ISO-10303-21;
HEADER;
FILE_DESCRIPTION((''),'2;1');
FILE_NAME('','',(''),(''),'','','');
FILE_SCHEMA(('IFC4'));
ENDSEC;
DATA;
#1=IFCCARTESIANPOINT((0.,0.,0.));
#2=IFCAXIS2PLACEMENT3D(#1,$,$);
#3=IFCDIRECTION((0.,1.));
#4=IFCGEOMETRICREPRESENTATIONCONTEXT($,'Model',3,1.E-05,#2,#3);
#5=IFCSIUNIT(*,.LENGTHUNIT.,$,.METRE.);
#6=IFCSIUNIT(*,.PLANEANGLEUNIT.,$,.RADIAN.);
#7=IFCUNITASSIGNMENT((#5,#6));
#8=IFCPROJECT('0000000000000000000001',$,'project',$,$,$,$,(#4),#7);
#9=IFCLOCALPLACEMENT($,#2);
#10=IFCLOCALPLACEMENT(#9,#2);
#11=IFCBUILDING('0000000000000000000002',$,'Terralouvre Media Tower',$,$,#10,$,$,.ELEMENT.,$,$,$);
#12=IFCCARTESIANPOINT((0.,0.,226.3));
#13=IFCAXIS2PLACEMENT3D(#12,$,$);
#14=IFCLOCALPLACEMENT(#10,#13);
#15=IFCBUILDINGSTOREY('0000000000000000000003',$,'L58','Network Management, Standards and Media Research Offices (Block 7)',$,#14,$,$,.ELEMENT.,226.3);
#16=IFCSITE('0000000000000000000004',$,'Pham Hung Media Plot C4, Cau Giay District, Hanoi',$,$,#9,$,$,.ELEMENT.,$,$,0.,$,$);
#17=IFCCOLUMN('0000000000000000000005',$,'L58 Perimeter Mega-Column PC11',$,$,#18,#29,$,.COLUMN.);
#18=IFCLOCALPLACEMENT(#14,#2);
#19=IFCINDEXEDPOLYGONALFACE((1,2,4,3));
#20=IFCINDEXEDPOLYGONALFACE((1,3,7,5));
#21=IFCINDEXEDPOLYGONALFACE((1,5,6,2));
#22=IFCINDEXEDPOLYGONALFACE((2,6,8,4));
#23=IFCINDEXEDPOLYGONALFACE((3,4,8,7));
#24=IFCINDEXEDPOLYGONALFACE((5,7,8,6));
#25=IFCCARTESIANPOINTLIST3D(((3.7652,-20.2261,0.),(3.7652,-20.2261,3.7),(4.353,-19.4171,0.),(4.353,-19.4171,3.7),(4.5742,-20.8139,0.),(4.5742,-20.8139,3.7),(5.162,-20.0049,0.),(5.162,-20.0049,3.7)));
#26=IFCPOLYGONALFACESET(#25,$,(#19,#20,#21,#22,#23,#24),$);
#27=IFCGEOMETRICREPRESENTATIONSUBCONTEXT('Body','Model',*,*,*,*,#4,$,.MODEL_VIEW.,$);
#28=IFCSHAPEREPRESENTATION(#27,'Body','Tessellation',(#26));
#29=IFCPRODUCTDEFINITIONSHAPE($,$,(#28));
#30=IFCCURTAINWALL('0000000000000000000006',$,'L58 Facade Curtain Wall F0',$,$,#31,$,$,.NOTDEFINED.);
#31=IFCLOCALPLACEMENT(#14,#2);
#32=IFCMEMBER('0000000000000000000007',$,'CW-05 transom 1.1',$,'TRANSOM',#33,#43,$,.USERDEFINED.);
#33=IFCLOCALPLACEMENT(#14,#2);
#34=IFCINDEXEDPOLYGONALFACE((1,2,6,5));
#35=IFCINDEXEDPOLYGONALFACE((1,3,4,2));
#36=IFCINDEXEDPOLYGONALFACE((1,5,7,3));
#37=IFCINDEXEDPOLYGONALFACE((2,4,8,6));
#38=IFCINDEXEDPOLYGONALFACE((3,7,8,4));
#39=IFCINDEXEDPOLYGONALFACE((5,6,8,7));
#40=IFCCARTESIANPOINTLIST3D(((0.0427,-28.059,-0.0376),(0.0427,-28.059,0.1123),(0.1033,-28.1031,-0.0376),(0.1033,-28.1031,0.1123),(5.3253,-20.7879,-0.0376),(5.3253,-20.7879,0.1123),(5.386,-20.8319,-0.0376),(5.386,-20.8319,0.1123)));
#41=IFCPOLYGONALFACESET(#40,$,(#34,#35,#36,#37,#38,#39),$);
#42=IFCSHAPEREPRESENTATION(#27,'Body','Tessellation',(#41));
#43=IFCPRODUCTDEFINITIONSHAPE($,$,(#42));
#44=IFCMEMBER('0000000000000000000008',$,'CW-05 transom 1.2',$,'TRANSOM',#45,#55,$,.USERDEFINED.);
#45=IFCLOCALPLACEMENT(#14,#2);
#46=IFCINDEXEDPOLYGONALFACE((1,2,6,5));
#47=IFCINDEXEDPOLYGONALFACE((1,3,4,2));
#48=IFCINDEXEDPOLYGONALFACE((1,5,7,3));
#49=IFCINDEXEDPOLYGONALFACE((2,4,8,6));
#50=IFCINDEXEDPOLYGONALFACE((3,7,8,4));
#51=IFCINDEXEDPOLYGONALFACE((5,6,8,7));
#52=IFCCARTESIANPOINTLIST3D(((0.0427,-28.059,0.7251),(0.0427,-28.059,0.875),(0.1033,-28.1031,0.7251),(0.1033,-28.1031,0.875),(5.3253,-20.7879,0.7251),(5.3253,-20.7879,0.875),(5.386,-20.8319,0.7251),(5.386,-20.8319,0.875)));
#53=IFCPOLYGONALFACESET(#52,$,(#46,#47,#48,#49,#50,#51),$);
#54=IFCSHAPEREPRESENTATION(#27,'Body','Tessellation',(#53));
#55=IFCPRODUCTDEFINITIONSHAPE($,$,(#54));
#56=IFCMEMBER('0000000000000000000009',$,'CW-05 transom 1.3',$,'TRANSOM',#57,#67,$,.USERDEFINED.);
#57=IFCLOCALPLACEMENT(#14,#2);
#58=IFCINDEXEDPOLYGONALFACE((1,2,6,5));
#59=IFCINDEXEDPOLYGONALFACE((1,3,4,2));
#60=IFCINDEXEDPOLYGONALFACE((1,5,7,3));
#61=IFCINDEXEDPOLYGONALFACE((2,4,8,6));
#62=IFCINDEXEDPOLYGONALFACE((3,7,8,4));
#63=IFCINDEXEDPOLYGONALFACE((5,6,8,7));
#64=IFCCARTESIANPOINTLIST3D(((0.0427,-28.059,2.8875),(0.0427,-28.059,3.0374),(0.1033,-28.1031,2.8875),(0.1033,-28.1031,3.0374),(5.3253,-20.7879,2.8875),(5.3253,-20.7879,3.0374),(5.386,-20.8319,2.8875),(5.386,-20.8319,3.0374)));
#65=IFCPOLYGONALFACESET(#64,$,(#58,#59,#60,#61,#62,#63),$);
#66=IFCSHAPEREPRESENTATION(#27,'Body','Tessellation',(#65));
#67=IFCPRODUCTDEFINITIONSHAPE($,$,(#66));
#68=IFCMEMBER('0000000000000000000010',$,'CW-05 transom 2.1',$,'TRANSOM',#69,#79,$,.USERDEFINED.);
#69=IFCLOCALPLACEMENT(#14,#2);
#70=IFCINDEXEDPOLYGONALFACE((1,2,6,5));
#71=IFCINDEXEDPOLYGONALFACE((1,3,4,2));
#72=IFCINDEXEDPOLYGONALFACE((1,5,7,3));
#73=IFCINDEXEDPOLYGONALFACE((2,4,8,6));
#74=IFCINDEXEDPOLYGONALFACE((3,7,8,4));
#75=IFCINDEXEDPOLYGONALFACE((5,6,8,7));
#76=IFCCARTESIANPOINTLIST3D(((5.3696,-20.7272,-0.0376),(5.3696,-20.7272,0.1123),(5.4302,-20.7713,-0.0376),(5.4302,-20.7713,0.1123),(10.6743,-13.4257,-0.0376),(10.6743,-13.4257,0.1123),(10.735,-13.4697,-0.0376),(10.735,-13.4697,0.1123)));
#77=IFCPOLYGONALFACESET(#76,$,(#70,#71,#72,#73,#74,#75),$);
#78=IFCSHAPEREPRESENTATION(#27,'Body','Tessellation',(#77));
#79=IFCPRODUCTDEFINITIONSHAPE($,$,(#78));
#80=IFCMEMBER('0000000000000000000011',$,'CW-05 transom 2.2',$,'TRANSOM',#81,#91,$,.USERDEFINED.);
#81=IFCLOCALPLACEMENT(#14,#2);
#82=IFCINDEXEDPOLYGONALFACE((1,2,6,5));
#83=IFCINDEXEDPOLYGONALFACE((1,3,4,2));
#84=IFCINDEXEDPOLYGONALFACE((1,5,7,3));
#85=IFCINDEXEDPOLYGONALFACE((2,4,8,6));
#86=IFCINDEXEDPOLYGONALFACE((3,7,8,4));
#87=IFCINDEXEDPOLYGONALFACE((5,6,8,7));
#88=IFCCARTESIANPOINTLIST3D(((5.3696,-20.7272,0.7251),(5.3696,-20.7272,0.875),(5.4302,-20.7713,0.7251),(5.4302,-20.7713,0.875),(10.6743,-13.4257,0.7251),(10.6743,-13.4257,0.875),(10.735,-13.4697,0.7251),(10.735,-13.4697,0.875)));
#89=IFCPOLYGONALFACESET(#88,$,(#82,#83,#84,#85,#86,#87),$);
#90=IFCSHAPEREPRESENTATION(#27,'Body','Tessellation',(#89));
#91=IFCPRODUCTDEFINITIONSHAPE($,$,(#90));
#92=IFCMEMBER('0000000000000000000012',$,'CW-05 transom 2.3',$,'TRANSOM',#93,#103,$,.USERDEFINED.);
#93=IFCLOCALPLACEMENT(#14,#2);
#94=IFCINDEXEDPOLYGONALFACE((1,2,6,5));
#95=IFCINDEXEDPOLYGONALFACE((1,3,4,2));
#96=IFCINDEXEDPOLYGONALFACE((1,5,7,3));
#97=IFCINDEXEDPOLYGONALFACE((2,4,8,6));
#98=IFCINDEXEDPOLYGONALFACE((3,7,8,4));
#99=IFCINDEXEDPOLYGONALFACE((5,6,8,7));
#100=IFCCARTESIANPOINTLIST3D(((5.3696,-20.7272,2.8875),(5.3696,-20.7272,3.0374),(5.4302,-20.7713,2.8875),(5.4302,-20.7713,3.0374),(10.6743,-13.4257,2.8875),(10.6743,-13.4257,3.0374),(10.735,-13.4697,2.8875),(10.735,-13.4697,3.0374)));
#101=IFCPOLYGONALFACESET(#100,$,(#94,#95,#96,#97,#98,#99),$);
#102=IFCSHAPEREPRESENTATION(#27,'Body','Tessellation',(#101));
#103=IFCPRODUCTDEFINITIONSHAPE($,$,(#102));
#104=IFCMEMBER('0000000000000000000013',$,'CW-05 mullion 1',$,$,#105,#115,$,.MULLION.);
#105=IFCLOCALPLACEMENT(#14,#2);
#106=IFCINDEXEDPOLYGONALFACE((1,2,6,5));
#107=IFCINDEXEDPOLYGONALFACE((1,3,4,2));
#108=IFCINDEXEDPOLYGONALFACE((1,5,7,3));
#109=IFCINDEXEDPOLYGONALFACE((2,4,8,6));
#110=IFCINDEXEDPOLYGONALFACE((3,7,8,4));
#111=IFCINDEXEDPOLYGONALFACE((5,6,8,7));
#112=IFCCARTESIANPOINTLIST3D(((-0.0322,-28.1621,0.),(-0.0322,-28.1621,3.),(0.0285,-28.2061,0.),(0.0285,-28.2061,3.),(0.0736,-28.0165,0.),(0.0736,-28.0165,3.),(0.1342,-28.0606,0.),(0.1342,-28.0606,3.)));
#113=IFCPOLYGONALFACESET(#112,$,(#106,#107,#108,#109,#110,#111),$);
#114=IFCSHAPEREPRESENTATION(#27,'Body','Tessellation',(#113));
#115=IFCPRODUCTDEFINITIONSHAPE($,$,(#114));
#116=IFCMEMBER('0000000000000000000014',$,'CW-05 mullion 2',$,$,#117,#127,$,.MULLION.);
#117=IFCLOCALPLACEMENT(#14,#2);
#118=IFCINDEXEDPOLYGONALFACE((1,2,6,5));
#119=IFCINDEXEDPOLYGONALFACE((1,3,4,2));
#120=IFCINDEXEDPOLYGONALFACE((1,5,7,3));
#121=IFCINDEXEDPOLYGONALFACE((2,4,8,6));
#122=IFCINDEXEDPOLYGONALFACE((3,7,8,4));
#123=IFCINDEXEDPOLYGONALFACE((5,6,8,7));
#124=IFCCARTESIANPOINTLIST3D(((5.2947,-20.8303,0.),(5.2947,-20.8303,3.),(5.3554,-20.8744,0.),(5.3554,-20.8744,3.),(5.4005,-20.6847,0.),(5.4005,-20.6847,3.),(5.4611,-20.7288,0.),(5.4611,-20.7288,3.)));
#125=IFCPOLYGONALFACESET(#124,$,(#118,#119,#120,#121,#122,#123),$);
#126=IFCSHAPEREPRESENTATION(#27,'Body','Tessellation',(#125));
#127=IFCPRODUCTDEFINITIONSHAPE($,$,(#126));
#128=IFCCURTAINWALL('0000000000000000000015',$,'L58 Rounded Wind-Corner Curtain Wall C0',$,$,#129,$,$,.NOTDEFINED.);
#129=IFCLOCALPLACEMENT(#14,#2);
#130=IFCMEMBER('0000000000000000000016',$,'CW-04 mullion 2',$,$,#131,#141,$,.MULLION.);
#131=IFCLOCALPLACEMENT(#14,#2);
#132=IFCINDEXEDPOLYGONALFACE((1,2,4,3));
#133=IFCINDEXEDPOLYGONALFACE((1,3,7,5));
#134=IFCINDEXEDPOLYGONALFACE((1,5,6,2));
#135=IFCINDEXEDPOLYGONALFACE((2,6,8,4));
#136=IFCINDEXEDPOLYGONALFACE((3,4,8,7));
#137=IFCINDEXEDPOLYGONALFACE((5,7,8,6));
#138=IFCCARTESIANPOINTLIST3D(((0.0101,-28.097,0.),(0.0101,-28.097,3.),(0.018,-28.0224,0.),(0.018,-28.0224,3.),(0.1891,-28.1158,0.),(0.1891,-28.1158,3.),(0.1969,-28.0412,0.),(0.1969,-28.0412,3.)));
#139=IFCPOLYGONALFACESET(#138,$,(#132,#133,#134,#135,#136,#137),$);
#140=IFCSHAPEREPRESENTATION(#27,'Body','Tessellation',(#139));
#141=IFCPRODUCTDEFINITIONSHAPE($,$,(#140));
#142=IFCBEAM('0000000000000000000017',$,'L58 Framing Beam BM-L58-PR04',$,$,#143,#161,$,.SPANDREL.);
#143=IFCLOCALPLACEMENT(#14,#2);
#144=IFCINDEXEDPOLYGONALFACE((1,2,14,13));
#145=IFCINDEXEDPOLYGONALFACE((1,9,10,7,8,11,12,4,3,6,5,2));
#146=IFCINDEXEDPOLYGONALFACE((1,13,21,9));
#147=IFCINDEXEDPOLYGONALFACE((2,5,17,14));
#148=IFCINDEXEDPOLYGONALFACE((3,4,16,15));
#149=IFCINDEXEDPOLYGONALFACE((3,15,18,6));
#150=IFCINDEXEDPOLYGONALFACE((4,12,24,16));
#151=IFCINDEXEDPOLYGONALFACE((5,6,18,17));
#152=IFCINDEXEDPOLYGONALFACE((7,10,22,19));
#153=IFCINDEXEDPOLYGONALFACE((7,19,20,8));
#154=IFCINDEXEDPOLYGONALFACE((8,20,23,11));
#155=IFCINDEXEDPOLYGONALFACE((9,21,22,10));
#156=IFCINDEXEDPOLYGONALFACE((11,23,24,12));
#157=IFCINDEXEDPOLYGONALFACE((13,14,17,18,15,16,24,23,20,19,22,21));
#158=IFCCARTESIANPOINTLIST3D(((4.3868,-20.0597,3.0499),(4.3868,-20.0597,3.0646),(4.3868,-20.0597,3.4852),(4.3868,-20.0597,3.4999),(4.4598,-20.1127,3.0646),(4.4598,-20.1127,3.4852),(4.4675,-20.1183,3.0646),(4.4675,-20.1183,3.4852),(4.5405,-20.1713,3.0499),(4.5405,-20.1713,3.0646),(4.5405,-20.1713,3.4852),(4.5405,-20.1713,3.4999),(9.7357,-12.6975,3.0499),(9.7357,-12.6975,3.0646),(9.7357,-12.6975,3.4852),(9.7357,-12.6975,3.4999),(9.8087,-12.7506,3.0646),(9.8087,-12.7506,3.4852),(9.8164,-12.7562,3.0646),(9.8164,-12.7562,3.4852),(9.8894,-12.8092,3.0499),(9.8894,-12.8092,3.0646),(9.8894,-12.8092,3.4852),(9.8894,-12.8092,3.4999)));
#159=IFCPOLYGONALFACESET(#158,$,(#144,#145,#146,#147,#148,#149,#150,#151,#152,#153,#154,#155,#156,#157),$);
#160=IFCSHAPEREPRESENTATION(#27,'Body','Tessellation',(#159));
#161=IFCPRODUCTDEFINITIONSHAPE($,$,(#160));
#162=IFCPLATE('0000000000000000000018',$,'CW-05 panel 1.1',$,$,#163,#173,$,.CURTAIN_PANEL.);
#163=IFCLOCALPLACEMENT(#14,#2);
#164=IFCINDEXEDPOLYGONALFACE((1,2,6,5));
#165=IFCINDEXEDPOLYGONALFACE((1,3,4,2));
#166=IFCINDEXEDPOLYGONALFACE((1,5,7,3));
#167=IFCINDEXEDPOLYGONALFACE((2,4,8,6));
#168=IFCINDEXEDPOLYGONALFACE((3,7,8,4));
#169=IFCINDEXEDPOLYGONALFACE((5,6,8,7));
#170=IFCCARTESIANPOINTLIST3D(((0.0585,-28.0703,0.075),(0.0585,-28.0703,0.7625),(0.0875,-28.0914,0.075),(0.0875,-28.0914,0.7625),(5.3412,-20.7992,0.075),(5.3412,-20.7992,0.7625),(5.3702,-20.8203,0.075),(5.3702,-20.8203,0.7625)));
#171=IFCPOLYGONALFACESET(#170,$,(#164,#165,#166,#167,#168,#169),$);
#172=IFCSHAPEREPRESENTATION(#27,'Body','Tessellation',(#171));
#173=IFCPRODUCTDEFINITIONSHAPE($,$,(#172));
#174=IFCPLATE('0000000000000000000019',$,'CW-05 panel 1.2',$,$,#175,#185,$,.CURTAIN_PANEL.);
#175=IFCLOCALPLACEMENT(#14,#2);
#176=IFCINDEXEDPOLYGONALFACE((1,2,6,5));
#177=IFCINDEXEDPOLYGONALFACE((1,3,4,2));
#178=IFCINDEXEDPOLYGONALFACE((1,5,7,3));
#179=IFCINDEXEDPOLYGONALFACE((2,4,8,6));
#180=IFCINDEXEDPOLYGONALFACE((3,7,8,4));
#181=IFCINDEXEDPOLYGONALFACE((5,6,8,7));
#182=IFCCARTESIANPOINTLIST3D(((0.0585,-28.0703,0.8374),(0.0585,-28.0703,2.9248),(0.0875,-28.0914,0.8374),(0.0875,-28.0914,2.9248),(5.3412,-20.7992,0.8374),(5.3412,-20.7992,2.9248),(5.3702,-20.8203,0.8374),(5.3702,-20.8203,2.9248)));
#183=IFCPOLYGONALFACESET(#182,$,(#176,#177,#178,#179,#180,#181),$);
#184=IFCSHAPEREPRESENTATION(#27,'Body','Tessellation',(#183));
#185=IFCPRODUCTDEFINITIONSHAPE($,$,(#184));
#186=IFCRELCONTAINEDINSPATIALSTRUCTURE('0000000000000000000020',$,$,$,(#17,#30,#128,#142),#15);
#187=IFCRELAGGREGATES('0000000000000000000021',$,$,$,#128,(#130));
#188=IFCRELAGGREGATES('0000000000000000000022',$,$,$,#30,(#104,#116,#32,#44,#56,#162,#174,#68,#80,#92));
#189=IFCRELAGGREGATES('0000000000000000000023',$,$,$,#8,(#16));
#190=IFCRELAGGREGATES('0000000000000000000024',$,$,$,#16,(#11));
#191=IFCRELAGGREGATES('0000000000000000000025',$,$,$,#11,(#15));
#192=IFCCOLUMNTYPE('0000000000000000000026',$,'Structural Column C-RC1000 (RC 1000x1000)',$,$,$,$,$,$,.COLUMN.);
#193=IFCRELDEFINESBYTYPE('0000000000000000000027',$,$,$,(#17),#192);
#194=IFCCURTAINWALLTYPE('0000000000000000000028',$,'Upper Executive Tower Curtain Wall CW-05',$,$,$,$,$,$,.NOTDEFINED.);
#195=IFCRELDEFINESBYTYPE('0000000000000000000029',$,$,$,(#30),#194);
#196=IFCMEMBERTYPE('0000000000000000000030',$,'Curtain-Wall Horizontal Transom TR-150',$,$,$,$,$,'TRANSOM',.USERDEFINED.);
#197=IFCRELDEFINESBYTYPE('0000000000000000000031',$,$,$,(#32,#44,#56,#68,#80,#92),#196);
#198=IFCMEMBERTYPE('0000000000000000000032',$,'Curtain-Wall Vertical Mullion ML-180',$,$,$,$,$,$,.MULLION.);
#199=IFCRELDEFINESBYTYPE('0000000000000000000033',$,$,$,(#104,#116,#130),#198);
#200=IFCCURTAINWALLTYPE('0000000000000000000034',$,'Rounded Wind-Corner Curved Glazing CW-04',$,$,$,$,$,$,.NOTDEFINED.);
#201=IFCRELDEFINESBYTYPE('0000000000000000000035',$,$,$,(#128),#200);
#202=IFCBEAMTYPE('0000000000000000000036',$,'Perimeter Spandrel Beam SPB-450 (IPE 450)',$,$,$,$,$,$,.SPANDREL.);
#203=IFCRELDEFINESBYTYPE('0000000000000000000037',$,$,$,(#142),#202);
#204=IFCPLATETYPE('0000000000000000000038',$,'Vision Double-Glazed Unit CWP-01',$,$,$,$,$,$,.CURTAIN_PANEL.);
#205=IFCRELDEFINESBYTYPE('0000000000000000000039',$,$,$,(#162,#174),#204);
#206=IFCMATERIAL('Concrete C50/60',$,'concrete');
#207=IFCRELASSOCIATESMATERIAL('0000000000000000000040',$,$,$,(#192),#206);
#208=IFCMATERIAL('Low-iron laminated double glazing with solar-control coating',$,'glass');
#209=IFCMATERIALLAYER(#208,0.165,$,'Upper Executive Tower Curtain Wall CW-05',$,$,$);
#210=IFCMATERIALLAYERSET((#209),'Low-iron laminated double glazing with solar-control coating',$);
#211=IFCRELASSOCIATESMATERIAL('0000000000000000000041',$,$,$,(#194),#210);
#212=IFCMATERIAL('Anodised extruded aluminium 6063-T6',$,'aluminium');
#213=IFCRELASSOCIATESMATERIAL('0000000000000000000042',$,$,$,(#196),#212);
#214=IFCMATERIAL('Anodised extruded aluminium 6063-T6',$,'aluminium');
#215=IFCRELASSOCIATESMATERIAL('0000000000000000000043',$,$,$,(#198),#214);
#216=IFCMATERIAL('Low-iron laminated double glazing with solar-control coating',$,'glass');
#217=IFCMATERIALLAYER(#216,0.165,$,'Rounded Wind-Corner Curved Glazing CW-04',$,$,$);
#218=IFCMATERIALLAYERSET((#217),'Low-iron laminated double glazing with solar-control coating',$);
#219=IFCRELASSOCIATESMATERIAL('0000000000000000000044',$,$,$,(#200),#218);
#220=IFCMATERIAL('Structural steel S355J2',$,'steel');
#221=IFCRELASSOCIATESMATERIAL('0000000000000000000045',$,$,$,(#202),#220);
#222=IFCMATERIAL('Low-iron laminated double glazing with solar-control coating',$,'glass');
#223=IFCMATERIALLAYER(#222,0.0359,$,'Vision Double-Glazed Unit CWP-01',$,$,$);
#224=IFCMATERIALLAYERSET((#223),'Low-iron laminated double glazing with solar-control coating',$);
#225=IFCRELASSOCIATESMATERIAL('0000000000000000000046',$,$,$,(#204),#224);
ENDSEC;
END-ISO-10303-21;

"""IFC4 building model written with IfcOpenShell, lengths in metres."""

from ifc_helpers import new_model, si_unit, direction, frame, origin, origin_2d, place, context, subcontext, project, spatial, rectangle, i_section, extrude, material, layer, layer_set, material_profile, profile_set, type_object, element, aggregate, save


model = new_model("IFC4")

# Units and contexts
model_context = context("Model", 3, precision=1e-05, world=origin(), true_north=direction((0.0, 1.0)))
body_context = subcontext(model_context, "Body", "Model", "MODEL_VIEW")
ifc_project = project(units=[si_unit("LENGTHUNIT", "METRE"), si_unit("PLANEANGLEUNIT", "RADIAN")], contexts=[model_context])

# Site, building, storey
site_placement = place(None, origin())
site = spatial("IfcSite", under=ifc_project, at=site_placement, Name="Pham Hung Media Plot C4, Cau Giay District, Hanoi", CompositionType="ELEMENT", RefElevation=0.0)
building_placement = place(site_placement, origin())
building = spatial("IfcBuilding", under=site, at=building_placement, Name="Terralouvre Media Tower", CompositionType="ELEMENT")
storey_placement = place(building_placement, frame((0.0, 0.0, 226.3)))
storey = spatial("IfcBuildingStorey", under=building, at=storey_placement, Name="L58", Description="Network Management, Standards and Media Research Offices (Block 7)", CompositionType="ELEMENT", Elevation=226.3)

# Column
ifc_material_1 = material(Name="Concrete C50/60", Category="concrete")
ifc_material_profile_1 = material_profile(ifc_material_1, rectangle(XDim=1.0, YDim=1.0, at=origin_2d()), Name="RC 1000x1000")
ifc_profile_set_1 = profile_set([ifc_material_profile_1], Name="Concrete C50/60")
column_type = type_object("IfcColumnType", Name="Structural Column C-RC1000 (RC 1000x1000)", PredefinedType="COLUMN", material=ifc_profile_set_1)
column_placement = place(storey_placement, frame((4.4636, -20.1155, 0.0), z_axis=(0.0, 0.0, 1.0), x_axis=(0.587785, 0.809017, 0.0)))
element("IfcColumn", 1, at=column_placement, inside=storey, type_object=column_type, Name="L58 Perimeter Mega-Column PC11", PredefinedType="COLUMN", context=body_context, shape_type="SweptSolid", body=[
    extrude(rectangle(XDim=1.0, YDim=1.0, at=origin_2d()), origin(), (0.0, 0.0, 1.0), 3.7),
])

# Curtain wall, members
ifc_material_2 = material(Name="Low-iron laminated double glazing with solar-control coating", Category="glass")
ifc_layer_1 = layer(ifc_material_2, 0.165, Name="Upper Executive Tower Curtain Wall CW-05")
ifc_layer_set_1 = layer_set([ifc_layer_1], Name="Low-iron laminated double glazing with solar-control coating")
curtain_wall_type_1 = type_object("IfcCurtainWallType", Name="Upper Executive Tower Curtain Wall CW-05", PredefinedType="NOTDEFINED", material=ifc_layer_set_1)
curtain_wall_1_placement = place(storey_placement, origin())
curtain_wall_1 = element("IfcCurtainWall", 2, at=curtain_wall_1_placement, inside=storey, type_object=curtain_wall_type_1, Name="L58 Facade Curtain Wall F0", PredefinedType="NOTDEFINED")
ifc_material_3 = material(Name="Anodised extruded aluminium 6063-T6", Category="aluminium")
ifc_material_profile_2 = material_profile(ifc_material_3, rectangle(XDim=0.075, YDim=0.1499, at=origin_2d()), Name="ALU 75x150")
ifc_profile_set_2 = profile_set([ifc_material_profile_2], Name="Anodised extruded aluminium 6063-T6")
member_type_1 = type_object("IfcMemberType", Name="Curtain-Wall Horizontal Transom TR-150", ElementType="TRANSOM", PredefinedType="USERDEFINED", material=ifc_profile_set_2)
member_1_placement = place(storey_placement, frame((0.073, -28.0811, 0.0374), z_axis=(0.587774, 0.809025, 0.0), x_axis=(-0.809025, 0.587774, 0.0)))
member_1 = element("IfcMember", 3, at=member_1_placement, type_object=member_type_1, Name="CW-05 transom 1.1", ObjectType="TRANSOM", PredefinedType="USERDEFINED", context=body_context, shape_type="SweptSolid", body=[
    extrude(rectangle(XDim=0.075, YDim=0.1499, at=origin_2d()), origin(), (0.0, 0.0, 1.0), 8.9875),
])
member_2_placement = place(storey_placement, frame((0.073, -28.0811, 0.8), z_axis=(0.587774, 0.809025, 0.0), x_axis=(-0.809025, 0.587774, 0.0)))
member_2 = element("IfcMember", 4, at=member_2_placement, type_object=member_type_1, Name="CW-05 transom 1.2", ObjectType="TRANSOM", PredefinedType="USERDEFINED", context=body_context, shape_type="SweptSolid", body=[
    extrude(rectangle(XDim=0.075, YDim=0.1499, at=origin_2d()), origin(), (0.0, 0.0, 1.0), 8.9875),
])
member_3_placement = place(storey_placement, frame((0.073, -28.0811, 2.9624), z_axis=(0.587774, 0.809025, 0.0), x_axis=(-0.809025, 0.587774, 0.0)))
member_3 = element("IfcMember", 5, at=member_3_placement, type_object=member_type_1, Name="CW-05 transom 1.3", ObjectType="TRANSOM", PredefinedType="USERDEFINED", context=body_context, shape_type="SweptSolid", body=[
    extrude(rectangle(XDim=0.075, YDim=0.1499, at=origin_2d()), origin(), (0.0, 0.0, 1.0), 8.9875),
])
member_4_placement = place(storey_placement, frame((5.3999, -20.7493, 0.0374), z_axis=(0.587773, 0.809026, 0.0), x_axis=(-0.809026, 0.587773, 0.0)))
member_4 = element("IfcMember", 6, at=member_4_placement, type_object=member_type_1, Name="CW-05 transom 2.1", ObjectType="TRANSOM", PredefinedType="USERDEFINED", context=body_context, shape_type="SweptSolid", body=[
    extrude(rectangle(XDim=0.075, YDim=0.1499, at=origin_2d()), origin(), (0.0, 0.0, 1.0), 9.0251),
])
member_5_placement = place(storey_placement, frame((5.3999, -20.7493, 0.8), z_axis=(0.587773, 0.809026, 0.0), x_axis=(-0.809026, 0.587773, 0.0)))
member_5 = element("IfcMember", 7, at=member_5_placement, type_object=member_type_1, Name="CW-05 transom 2.2", ObjectType="TRANSOM", PredefinedType="USERDEFINED", context=body_context, shape_type="SweptSolid", body=[
    extrude(rectangle(XDim=0.075, YDim=0.1499, at=origin_2d()), origin(), (0.0, 0.0, 1.0), 9.0251),
])
member_6_placement = place(storey_placement, frame((5.3999, -20.7493, 2.9624), z_axis=(0.587773, 0.809026, 0.0), x_axis=(-0.809026, 0.587773, 0.0)))
member_6 = element("IfcMember", 8, at=member_6_placement, type_object=member_type_1, Name="CW-05 transom 2.3", ObjectType="TRANSOM", PredefinedType="USERDEFINED", context=body_context, shape_type="SweptSolid", body=[
    extrude(rectangle(XDim=0.075, YDim=0.1499, at=origin_2d()), origin(), (0.0, 0.0, 1.0), 9.0251),
])
ifc_material_4 = material(Name="Anodised extruded aluminium 6063-T6", Category="aluminium")
ifc_material_profile_3 = material_profile(ifc_material_4, rectangle(XDim=0.075, YDim=0.1799, at=origin_2d()), Name="ALU 75x180")
ifc_profile_set_3 = profile_set([ifc_material_profile_3], Name="Anodised extruded aluminium 6063-T6")
member_type_2 = type_object("IfcMemberType", Name="Curtain-Wall Vertical Mullion ML-180", PredefinedType="MULLION", material=ifc_profile_set_3)
member_7_placement = place(storey_placement, frame((0.051, -28.1113, 0.0), z_axis=(0.0, 0.0, 1.0), x_axis=(-0.809017, 0.587785, 0.0)))
member_7 = element("IfcMember", 9, at=member_7_placement, type_object=member_type_2, Name="CW-05 mullion 1", PredefinedType="MULLION", context=body_context, shape_type="SweptSolid", body=[
    extrude(rectangle(XDim=0.075, YDim=0.1799, at=origin_2d()), origin(), (0.0, 0.0, 1.0), 3.0),
])
member_8_placement = place(storey_placement, frame((5.3779, -20.7795, 0.0), z_axis=(0.0, 0.0, 1.0), x_axis=(-0.809017, 0.587785, 0.0)))
member_8 = element("IfcMember", 10, at=member_8_placement, type_object=member_type_2, Name="CW-05 mullion 2", PredefinedType="MULLION", context=body_context, shape_type="SweptSolid", body=[
    extrude(rectangle(XDim=0.075, YDim=0.1799, at=origin_2d()), origin(), (0.0, 0.0, 1.0), 3.0),
])

# Curtain wall, member
ifc_material_5 = material(Name="Low-iron laminated double glazing with solar-control coating", Category="glass")
ifc_layer_2 = layer(ifc_material_5, 0.165, Name="Rounded Wind-Corner Curved Glazing CW-04")
ifc_layer_set_2 = layer_set([ifc_layer_2], Name="Low-iron laminated double glazing with solar-control coating")
curtain_wall_type_2 = type_object("IfcCurtainWallType", Name="Rounded Wind-Corner Curved Glazing CW-04", PredefinedType="NOTDEFINED", material=ifc_layer_set_2)
curtain_wall_2_placement = place(storey_placement, origin())
curtain_wall_2 = element("IfcCurtainWall", 11, at=curtain_wall_2_placement, inside=storey, type_object=curtain_wall_type_2, Name="L58 Rounded Wind-Corner Curtain Wall C0", PredefinedType="NOTDEFINED")
member_9_placement = place(storey_placement, frame((0.1035, -28.0691, 0.0), z_axis=(0.0, 0.0, 1.0), x_axis=(0.104528, 0.994522, 0.0)))
member_9 = element("IfcMember", 12, at=member_9_placement, type_object=member_type_2, Name="CW-04 mullion 2", PredefinedType="MULLION", context=body_context, shape_type="SweptSolid", body=[
    extrude(rectangle(XDim=0.075, YDim=0.1799, at=origin_2d()), origin(), (0.0, 0.0, 1.0), 3.0),
])
aggregate(curtain_wall_2, [member_9])

# Beam
ifc_material_6 = material(Name="Structural steel S355J2", Category="steel")
ifc_material_profile_4 = material_profile(ifc_material_6, i_section(OverallWidth=0.1899, OverallDepth=0.45, WebThickness=0.0095, FlangeThickness=0.0146, at=origin_2d()), Name="IPE 450")
ifc_profile_set_4 = profile_set([ifc_material_profile_4], Name="Structural steel S355J2")
beam_type = type_object("IfcBeamType", Name="Perimeter Spandrel Beam SPB-450 (IPE 450)", PredefinedType="SPANDREL", material=ifc_profile_set_4)
beam_placement = place(storey_placement, frame((4.4636, -20.1155, 3.2749), z_axis=(0.587787, 0.809016, 0.0), x_axis=(-0.809016, 0.587787, 0.0)))
element("IfcBeam", 13, at=beam_placement, inside=storey, type_object=beam_type, Name="L58 Framing Beam BM-L58-PR04", PredefinedType="SPANDREL", context=body_context, shape_type="SweptSolid", body=[
    extrude(i_section(OverallWidth=0.1899, OverallDepth=0.45, WebThickness=0.0095, FlangeThickness=0.0146, at=origin_2d()), origin(), (0.0, 0.0, 1.0), 9.1001),
])

# Plates
ifc_material_7 = material(Name="Low-iron laminated double glazing with solar-control coating", Category="glass")
ifc_layer_3 = layer(ifc_material_7, 0.0359, Name="Vision Double-Glazed Unit CWP-01")
ifc_layer_set_3 = layer_set([ifc_layer_3], Name="Low-iron laminated double glazing with solar-control coating")
plate_type = type_object("IfcPlateType", Name="Vision Double-Glazed Unit CWP-01", PredefinedType="CURTAIN_PANEL", material=ifc_layer_set_3)
plate_1_placement = place(storey_placement, frame((2.7144, -24.4453, 0.075), z_axis=(0.0, 0.0, 1.0), x_axis=(0.587785, 0.809017, 0.0)))
plate_1 = element("IfcPlate", 14, at=plate_1_placement, type_object=plate_type, Name="CW-05 panel 1.1", PredefinedType="CURTAIN_PANEL", context=body_context, shape_type="SweptSolid", body=[
    extrude(rectangle(XDim=8.9875, YDim=0.0359, at=origin_2d()), origin(), (0.0, 0.0, 1.0), 0.6875),
])
plate_2_placement = place(storey_placement, frame((2.7144, -24.4453, 0.8374), z_axis=(0.0, 0.0, 1.0), x_axis=(0.587785, 0.809017, 0.0)))
plate_2 = element("IfcPlate", 15, at=plate_2_placement, type_object=plate_type, Name="CW-05 panel 1.2", PredefinedType="CURTAIN_PANEL", context=body_context, shape_type="SweptSolid", body=[
    extrude(rectangle(XDim=8.9875, YDim=0.0359, at=origin_2d()), origin(), (0.0, 0.0, 1.0), 2.0874),
])
aggregate(curtain_wall_1, [member_7, member_8, member_1, member_2, member_3, plate_1, plate_2, member_4, member_5, member_6])

save(model, "model.ifc")
